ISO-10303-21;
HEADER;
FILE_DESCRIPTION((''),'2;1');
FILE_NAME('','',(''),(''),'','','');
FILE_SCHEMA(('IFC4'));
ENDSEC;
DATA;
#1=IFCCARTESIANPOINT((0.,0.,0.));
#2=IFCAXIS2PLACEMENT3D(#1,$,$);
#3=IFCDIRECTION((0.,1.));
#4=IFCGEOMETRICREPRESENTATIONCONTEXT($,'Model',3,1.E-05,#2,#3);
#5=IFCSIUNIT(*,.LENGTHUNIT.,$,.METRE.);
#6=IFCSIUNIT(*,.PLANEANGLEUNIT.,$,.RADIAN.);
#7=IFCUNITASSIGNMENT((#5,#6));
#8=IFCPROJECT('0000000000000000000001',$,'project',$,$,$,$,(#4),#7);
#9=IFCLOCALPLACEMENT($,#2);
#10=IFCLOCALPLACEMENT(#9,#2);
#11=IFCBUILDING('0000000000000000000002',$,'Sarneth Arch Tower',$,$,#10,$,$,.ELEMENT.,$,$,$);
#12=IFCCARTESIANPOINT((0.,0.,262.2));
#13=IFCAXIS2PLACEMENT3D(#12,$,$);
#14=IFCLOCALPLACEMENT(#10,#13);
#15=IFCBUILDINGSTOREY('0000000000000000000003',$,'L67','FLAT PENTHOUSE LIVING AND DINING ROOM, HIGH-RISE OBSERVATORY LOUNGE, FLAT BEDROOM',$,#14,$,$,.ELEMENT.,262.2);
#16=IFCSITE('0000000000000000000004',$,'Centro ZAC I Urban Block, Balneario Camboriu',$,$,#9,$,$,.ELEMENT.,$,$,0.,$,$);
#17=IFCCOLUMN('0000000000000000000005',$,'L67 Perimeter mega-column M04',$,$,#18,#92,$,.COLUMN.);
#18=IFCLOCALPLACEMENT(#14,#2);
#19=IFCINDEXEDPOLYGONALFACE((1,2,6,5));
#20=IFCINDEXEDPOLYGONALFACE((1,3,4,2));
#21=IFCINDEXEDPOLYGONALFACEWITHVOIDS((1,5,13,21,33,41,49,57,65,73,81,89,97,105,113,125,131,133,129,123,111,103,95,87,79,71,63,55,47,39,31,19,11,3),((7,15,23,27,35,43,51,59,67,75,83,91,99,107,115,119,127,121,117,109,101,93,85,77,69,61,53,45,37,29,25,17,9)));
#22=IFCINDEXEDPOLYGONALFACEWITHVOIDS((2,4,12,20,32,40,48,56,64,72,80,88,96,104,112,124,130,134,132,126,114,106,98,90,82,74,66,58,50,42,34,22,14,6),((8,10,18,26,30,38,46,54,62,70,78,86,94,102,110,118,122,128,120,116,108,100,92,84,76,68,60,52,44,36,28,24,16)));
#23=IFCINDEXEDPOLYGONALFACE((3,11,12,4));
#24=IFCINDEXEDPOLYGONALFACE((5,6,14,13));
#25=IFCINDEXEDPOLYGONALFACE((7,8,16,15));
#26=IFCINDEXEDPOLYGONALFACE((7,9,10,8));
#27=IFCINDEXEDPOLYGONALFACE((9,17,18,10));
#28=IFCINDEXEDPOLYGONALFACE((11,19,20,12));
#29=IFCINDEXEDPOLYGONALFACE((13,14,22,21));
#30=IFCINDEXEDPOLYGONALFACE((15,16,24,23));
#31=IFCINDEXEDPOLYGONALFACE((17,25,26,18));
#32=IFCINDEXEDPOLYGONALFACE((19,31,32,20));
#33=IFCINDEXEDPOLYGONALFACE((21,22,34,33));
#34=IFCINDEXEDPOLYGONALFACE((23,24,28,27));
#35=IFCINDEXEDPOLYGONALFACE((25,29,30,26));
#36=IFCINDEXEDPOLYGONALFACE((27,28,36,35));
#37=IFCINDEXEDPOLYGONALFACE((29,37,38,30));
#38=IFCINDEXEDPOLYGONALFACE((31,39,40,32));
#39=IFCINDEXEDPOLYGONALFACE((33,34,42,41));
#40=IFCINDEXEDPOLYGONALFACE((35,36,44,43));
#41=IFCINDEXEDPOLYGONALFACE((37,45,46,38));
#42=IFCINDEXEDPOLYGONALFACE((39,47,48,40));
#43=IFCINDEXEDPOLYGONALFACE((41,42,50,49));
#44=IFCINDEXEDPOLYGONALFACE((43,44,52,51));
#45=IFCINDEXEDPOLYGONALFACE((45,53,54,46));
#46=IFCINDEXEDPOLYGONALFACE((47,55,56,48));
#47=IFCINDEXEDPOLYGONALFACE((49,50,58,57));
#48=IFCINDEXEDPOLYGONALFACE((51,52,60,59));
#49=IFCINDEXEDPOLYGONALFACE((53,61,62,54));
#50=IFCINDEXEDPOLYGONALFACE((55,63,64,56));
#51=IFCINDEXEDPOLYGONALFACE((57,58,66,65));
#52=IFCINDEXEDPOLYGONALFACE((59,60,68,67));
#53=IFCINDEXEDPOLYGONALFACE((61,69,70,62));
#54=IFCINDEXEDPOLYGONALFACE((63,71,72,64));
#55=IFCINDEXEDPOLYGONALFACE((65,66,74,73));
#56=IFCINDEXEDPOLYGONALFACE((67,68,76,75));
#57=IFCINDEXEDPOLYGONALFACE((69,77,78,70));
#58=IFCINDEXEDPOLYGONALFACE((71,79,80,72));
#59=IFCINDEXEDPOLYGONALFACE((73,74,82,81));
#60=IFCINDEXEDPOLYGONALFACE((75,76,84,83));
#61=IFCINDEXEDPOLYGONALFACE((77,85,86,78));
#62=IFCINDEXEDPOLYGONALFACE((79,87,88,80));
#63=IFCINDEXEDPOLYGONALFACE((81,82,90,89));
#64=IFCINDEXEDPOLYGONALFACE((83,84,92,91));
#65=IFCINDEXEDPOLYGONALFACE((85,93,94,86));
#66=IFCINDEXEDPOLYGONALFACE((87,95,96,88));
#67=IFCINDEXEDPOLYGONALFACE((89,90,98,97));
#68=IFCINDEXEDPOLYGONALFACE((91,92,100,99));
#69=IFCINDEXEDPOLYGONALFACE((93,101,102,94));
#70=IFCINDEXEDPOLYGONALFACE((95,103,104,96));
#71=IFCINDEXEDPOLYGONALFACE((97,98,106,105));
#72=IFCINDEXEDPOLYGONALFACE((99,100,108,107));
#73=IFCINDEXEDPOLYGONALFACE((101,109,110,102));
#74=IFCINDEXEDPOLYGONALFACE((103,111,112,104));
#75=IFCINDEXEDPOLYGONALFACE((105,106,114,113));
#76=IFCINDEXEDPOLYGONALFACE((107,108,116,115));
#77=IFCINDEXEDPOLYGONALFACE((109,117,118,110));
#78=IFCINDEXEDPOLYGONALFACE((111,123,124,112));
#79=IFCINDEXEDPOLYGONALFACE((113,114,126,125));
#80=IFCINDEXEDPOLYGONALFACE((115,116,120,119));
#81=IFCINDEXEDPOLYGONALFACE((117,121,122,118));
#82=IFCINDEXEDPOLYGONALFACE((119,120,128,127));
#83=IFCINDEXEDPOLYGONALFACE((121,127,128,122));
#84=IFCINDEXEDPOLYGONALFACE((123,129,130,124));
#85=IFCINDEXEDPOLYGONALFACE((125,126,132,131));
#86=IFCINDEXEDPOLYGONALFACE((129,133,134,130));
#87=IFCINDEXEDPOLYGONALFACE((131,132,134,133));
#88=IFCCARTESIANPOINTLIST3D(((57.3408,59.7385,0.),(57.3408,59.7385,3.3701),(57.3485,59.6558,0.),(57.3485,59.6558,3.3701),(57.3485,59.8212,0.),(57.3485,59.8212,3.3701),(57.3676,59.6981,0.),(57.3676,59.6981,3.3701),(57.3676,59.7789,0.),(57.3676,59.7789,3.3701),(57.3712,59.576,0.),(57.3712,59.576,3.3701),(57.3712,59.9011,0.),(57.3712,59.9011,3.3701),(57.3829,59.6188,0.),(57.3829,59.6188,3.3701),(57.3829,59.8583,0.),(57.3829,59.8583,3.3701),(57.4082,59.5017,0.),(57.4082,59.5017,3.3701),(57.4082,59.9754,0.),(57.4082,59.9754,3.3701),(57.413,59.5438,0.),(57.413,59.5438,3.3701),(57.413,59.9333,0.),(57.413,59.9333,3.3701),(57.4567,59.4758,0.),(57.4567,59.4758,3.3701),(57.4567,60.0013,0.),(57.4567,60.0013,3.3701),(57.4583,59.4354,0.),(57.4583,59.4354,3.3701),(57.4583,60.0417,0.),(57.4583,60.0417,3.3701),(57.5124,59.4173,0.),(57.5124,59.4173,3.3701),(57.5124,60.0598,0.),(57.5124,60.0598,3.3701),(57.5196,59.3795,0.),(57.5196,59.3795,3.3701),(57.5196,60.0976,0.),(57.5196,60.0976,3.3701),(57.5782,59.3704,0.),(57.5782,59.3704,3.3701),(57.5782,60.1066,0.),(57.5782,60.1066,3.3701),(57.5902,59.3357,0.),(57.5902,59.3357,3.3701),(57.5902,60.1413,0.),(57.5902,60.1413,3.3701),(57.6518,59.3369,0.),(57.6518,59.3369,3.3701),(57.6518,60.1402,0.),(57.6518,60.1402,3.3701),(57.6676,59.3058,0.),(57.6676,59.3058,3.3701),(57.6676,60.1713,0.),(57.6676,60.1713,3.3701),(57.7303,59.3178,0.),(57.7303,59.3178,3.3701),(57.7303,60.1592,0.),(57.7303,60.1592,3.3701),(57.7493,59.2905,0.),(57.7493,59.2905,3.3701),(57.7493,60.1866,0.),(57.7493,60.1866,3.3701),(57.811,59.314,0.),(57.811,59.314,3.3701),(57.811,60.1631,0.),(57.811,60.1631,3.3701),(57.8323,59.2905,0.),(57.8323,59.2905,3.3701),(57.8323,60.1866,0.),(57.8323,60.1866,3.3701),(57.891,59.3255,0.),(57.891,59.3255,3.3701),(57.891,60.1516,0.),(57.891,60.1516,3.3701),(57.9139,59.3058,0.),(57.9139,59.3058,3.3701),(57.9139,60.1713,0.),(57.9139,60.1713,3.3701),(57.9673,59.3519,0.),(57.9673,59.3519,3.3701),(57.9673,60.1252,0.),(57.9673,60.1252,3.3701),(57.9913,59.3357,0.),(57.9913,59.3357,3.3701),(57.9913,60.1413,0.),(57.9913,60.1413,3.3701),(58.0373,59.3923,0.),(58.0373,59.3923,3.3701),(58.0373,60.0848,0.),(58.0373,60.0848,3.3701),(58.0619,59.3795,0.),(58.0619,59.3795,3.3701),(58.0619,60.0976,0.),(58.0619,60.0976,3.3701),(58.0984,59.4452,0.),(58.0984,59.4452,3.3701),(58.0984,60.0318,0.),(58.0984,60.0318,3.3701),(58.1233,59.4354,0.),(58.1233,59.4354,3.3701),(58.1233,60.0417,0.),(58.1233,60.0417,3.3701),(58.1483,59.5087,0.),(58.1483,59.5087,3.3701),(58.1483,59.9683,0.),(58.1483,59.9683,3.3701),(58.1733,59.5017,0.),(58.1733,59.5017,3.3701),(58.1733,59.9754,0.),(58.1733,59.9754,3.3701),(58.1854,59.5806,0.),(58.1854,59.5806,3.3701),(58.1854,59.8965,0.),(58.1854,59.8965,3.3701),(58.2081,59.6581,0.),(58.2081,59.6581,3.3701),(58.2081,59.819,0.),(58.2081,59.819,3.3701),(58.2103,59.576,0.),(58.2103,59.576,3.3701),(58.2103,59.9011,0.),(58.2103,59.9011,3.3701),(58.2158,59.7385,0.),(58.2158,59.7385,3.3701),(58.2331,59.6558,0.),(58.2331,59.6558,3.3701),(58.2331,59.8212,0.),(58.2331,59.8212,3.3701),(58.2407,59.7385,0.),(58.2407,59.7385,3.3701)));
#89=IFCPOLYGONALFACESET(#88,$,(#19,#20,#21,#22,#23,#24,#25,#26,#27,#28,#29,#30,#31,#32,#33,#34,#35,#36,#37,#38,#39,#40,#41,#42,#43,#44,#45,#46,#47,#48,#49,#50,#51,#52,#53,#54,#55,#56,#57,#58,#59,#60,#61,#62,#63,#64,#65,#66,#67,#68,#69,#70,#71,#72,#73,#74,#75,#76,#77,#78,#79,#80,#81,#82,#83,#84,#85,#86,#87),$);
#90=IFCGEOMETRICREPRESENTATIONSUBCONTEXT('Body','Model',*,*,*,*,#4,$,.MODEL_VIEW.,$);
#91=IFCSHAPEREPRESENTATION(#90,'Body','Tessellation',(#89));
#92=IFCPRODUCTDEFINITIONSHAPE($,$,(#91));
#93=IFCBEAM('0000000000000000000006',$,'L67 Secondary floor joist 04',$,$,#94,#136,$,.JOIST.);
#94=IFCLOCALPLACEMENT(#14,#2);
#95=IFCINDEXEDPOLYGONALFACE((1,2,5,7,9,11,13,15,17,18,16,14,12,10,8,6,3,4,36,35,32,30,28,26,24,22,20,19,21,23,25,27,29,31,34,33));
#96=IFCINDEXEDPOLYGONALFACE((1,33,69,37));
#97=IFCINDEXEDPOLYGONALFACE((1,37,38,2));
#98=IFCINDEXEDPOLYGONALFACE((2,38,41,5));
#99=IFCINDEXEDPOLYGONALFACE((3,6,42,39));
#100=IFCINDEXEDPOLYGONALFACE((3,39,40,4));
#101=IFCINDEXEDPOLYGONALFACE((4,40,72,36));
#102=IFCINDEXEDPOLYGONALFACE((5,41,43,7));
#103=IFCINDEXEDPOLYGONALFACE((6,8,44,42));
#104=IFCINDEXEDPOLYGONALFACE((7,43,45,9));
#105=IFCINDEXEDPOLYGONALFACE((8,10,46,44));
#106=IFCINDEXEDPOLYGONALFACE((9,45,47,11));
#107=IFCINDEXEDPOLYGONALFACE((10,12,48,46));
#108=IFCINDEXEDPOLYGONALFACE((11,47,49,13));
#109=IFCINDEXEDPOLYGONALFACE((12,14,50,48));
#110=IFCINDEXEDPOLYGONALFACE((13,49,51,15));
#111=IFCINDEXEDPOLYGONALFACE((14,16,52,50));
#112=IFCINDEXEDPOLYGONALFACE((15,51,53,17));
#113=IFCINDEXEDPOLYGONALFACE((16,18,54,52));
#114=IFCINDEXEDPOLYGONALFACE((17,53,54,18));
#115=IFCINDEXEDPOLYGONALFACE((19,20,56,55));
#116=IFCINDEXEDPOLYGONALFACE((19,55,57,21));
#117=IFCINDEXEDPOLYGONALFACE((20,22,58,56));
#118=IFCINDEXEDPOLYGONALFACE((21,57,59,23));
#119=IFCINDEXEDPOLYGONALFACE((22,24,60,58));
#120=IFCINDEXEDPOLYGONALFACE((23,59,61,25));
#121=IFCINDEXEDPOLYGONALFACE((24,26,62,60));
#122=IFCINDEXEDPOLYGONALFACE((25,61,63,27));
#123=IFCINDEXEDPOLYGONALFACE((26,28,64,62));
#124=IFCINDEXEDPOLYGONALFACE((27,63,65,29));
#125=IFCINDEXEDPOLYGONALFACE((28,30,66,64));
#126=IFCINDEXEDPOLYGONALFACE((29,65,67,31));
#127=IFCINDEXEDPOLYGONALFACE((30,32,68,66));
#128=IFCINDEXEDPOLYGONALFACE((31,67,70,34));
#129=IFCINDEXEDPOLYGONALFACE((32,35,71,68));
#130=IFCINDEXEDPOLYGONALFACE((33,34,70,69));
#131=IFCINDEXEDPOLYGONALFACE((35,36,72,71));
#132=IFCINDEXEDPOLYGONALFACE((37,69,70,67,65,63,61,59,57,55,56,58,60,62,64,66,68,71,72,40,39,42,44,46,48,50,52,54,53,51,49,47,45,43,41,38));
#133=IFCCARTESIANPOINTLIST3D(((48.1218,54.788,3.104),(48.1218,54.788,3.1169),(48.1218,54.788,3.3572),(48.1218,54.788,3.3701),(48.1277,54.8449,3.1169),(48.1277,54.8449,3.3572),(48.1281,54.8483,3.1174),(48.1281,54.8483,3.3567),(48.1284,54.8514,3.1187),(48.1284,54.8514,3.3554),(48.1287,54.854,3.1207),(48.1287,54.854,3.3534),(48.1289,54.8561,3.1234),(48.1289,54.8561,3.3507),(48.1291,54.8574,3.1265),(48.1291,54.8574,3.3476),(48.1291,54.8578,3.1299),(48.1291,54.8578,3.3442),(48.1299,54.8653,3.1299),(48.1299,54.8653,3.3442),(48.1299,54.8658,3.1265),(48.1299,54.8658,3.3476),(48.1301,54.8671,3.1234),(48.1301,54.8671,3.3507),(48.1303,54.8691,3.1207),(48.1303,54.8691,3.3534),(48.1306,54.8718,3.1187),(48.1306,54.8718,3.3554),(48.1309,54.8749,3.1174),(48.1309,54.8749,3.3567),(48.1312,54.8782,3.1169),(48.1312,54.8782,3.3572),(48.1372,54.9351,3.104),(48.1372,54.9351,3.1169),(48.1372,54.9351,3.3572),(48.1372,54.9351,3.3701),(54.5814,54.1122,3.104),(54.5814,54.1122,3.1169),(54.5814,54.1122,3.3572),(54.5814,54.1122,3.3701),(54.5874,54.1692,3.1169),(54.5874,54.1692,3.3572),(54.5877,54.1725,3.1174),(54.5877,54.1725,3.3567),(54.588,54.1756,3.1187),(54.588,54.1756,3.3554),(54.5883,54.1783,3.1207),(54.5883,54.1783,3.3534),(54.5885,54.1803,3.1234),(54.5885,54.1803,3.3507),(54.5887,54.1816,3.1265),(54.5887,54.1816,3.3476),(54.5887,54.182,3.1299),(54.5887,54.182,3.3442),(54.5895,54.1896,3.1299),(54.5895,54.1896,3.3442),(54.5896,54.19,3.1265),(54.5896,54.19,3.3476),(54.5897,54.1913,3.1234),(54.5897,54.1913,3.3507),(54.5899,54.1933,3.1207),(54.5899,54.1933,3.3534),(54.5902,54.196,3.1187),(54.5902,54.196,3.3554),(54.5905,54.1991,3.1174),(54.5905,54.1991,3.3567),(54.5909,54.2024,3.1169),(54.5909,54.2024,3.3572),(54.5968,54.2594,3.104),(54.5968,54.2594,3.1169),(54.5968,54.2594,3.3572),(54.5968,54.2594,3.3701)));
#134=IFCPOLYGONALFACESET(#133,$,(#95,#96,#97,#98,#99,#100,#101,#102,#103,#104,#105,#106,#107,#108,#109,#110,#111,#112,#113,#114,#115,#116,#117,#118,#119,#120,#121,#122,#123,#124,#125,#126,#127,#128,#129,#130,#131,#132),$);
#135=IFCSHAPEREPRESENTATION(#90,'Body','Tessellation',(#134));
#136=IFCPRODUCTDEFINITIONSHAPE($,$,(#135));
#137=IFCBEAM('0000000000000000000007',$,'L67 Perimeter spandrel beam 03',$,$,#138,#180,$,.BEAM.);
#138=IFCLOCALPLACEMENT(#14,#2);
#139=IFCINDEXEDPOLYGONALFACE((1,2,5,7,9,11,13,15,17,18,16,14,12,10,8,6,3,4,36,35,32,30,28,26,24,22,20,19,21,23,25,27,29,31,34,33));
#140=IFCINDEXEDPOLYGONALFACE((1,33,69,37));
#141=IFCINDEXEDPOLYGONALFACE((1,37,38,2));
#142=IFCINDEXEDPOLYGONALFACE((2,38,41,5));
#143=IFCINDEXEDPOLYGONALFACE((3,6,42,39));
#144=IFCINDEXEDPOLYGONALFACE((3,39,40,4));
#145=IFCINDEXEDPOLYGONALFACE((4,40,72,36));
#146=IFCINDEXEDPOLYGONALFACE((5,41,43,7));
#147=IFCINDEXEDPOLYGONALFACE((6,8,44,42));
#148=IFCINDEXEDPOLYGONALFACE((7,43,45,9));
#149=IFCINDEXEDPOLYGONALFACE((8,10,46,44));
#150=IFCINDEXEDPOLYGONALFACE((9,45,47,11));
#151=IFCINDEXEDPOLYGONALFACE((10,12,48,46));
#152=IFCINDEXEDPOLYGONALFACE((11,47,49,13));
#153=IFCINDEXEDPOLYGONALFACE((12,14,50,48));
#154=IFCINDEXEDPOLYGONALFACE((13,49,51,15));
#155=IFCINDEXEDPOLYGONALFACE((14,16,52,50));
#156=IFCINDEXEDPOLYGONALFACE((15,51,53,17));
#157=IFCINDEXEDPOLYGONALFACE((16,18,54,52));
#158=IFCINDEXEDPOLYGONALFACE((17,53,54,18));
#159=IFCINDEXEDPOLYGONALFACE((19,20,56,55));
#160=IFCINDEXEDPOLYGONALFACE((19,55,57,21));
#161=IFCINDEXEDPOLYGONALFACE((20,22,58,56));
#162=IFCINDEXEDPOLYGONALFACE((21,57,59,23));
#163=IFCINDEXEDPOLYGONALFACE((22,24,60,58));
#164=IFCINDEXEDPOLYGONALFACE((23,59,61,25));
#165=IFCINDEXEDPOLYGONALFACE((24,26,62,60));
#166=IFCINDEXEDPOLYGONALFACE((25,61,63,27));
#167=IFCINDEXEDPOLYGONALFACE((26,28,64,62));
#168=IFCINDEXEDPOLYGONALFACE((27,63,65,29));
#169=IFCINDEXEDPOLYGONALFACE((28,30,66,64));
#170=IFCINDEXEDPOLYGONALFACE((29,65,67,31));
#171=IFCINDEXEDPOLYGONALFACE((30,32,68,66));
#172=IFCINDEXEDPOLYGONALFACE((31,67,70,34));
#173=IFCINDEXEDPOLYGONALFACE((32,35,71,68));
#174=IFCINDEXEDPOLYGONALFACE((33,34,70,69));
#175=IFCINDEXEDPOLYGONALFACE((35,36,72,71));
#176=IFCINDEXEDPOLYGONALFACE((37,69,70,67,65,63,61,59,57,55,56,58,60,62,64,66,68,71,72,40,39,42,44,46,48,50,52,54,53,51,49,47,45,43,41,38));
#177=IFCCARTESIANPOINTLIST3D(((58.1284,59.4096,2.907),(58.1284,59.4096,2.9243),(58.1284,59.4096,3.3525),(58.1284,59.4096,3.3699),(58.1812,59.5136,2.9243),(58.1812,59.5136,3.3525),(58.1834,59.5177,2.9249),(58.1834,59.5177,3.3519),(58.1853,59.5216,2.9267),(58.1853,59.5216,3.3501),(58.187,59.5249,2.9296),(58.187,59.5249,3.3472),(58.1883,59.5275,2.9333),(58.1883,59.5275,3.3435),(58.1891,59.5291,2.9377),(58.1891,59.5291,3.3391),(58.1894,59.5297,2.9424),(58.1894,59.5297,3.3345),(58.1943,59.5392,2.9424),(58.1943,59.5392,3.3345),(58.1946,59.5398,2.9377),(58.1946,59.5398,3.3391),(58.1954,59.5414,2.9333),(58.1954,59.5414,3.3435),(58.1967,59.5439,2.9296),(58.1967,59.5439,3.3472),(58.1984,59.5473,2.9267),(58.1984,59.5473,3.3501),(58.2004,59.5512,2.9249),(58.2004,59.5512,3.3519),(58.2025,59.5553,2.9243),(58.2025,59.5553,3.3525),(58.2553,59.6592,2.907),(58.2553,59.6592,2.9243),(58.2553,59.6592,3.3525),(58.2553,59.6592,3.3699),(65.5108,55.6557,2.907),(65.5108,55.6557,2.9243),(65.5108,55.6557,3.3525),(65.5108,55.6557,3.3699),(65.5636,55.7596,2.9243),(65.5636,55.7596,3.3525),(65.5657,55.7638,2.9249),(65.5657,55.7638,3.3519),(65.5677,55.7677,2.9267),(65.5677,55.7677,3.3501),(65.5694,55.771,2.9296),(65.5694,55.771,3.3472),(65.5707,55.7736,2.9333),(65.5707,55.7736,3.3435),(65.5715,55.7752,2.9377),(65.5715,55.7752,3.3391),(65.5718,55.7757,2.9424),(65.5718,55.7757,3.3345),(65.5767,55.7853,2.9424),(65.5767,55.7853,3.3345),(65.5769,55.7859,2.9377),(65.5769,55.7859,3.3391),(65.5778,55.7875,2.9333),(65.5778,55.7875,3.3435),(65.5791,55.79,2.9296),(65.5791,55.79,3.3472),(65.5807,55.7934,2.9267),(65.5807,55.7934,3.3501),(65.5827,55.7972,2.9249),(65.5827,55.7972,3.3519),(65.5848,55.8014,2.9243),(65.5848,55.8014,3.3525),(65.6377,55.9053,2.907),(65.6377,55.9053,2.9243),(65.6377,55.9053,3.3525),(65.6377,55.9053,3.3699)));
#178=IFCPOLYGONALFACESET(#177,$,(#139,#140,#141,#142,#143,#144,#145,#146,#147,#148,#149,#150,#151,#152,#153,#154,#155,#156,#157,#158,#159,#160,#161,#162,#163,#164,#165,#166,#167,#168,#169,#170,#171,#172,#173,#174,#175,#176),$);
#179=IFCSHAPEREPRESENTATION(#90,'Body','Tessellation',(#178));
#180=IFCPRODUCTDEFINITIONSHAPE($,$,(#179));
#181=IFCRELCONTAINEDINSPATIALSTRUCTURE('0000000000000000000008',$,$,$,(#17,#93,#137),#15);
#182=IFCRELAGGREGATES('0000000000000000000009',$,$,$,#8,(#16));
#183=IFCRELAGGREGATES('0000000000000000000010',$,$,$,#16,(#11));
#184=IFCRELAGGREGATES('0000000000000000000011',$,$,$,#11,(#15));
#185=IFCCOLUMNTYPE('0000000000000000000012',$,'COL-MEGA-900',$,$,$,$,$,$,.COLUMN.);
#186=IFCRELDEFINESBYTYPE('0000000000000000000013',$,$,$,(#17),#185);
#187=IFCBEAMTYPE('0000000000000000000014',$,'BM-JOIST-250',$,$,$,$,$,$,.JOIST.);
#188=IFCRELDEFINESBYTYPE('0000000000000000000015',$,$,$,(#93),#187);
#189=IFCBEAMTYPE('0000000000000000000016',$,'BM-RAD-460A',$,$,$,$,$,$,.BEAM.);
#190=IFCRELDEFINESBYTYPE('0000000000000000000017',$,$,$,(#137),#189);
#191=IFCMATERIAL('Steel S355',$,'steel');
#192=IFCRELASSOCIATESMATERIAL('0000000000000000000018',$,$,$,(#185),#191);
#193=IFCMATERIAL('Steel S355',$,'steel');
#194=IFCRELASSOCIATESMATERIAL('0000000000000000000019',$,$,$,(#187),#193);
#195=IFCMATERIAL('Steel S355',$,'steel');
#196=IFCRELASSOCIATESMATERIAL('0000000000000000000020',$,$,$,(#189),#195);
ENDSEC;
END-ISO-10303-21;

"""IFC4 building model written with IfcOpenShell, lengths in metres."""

from ifc_helpers import new_model, si_unit, direction, frame, origin, origin_2d, place, context, subcontext, project, spatial, hollow_circle, i_section, extrude, material, material_profile, profile_set, type_object, element, save


model = new_model("IFC4")

# Units and contexts
model_context = context("Model", 3, precision=1e-05, world=origin(), true_north=direction((0.0, 1.0)))
body_context = subcontext(model_context, "Body", "Model", "MODEL_VIEW")
ifc_project = project(units=[si_unit("LENGTHUNIT", "METRE"), si_unit("PLANEANGLEUNIT", "RADIAN")], contexts=[model_context])

# Site, building, storey
site_placement = place(None, origin())
site = spatial("IfcSite", under=ifc_project, at=site_placement, Name="Centro ZAC I Urban Block, Balneario Camboriu", CompositionType="ELEMENT", RefElevation=0.0)
building_placement = place(site_placement, origin())
building = spatial("IfcBuilding", under=site, at=building_placement, Name="Sarneth Arch Tower", CompositionType="ELEMENT")
storey_placement = place(building_placement, frame((0.0, 0.0, 262.2)))
storey = spatial("IfcBuildingStorey", under=building, at=storey_placement, Name="L67", Description="FLAT PENTHOUSE LIVING AND DINING ROOM, HIGH-RISE OBSERVATORY LOUNGE, FLAT BEDROOM", CompositionType="ELEMENT", Elevation=262.2)

# Column
ifc_material_1 = material(Name="Steel S355", Category="steel")
ifc_material_profile_1 = material_profile(ifc_material_1, hollow_circle(Radius=0.45, WallThickness=0.0249, at=origin_2d()), Name="CHS900x25")
ifc_profile_set_1 = profile_set([ifc_material_profile_1], Name="Steel S355")
column_type = type_object("IfcColumnType", Name="COL-MEGA-900", PredefinedType="COLUMN", material=ifc_profile_set_1)
column_placement = place(storey_placement, frame((57.7908, 59.7385, 0.0), z_axis=(0.0, 0.0, 1.0), x_axis=(1.0, 0.0, 0.0)))
element("IfcColumn", 1, at=column_placement, inside=storey, type_object=column_type, Name="L67 Perimeter mega-column M04", PredefinedType="COLUMN", context=body_context, shape_type="SweptSolid", body=[
    extrude(hollow_circle(Radius=0.45, WallThickness=0.0249, at=origin_2d()), origin(), (0.0, 0.0, 1.0), 3.3701),
])

# Beams
ifc_material_2 = material(Name="Steel S355", Category="steel")
ifc_material_profile_2 = material_profile(ifc_material_2, i_section(OverallWidth=0.1479, OverallDepth=0.2661, WebThickness=0.0076, FlangeThickness=0.0129, FilletRadius=0.0129, at=origin_2d()), Name="W250x44.8")
ifc_profile_set_2 = profile_set([ifc_material_profile_2], Name="Steel S355")
beam_type_1 = type_object("IfcBeamType", Name="BM-JOIST-250", PredefinedType="JOIST", material=ifc_profile_set_2)
beam_1_placement = place(storey_placement, frame((54.5891, 54.1858, 3.2371), z_axis=(-0.994572, 0.104047, 0.0), x_axis=(-0.104047, -0.994572, 0.0)))
element("IfcBeam", 2, at=beam_1_placement, inside=storey, type_object=beam_type_1, Name="L67 Secondary floor joist 04", PredefinedType="JOIST", context=body_context, shape_type="SweptSolid", body=[
    extrude(i_section(OverallWidth=0.1479, OverallDepth=0.2661, WebThickness=0.0076, FlangeThickness=0.0129, FilletRadius=0.0129, at=origin_2d()), origin(), (0.0, 0.0, 1.0), 6.4949),
])
ifc_material_3 = material(Name="Steel S355", Category="steel")
ifc_material_profile_3 = material_profile(ifc_material_3, i_section(OverallWidth=0.28, OverallDepth=0.4629, WebThickness=0.0107, FlangeThickness=0.0173, FilletRadius=0.0181, at=origin_2d()), Name="W460x113")
ifc_profile_set_3 = profile_set([ifc_material_profile_3], Name="Steel S355")
beam_type_2 = type_object("IfcBeamType", Name="BM-RAD-460A", PredefinedType="BEAM", material=ifc_profile_set_3)
beam_2_placement = place(storey_placement, frame((65.5742, 55.7805, 3.1384), z_axis=(-0.891376, 0.453264, 0.0), x_axis=(-0.453264, -0.891376, 0.0)))
element("IfcBeam", 3, at=beam_2_placement, inside=storey, type_object=beam_type_2, Name="L67 Perimeter spandrel beam 03", PredefinedType="BEAM", context=body_context, shape_type="SweptSolid", body=[
    extrude(i_section(OverallWidth=0.28, OverallDepth=0.4629, WebThickness=0.0107, FlangeThickness=0.0173, FilletRadius=0.0181, at=origin_2d()), origin(), (0.0, 0.0, 1.0), 8.282),
])

save(model, "model.ifc")
